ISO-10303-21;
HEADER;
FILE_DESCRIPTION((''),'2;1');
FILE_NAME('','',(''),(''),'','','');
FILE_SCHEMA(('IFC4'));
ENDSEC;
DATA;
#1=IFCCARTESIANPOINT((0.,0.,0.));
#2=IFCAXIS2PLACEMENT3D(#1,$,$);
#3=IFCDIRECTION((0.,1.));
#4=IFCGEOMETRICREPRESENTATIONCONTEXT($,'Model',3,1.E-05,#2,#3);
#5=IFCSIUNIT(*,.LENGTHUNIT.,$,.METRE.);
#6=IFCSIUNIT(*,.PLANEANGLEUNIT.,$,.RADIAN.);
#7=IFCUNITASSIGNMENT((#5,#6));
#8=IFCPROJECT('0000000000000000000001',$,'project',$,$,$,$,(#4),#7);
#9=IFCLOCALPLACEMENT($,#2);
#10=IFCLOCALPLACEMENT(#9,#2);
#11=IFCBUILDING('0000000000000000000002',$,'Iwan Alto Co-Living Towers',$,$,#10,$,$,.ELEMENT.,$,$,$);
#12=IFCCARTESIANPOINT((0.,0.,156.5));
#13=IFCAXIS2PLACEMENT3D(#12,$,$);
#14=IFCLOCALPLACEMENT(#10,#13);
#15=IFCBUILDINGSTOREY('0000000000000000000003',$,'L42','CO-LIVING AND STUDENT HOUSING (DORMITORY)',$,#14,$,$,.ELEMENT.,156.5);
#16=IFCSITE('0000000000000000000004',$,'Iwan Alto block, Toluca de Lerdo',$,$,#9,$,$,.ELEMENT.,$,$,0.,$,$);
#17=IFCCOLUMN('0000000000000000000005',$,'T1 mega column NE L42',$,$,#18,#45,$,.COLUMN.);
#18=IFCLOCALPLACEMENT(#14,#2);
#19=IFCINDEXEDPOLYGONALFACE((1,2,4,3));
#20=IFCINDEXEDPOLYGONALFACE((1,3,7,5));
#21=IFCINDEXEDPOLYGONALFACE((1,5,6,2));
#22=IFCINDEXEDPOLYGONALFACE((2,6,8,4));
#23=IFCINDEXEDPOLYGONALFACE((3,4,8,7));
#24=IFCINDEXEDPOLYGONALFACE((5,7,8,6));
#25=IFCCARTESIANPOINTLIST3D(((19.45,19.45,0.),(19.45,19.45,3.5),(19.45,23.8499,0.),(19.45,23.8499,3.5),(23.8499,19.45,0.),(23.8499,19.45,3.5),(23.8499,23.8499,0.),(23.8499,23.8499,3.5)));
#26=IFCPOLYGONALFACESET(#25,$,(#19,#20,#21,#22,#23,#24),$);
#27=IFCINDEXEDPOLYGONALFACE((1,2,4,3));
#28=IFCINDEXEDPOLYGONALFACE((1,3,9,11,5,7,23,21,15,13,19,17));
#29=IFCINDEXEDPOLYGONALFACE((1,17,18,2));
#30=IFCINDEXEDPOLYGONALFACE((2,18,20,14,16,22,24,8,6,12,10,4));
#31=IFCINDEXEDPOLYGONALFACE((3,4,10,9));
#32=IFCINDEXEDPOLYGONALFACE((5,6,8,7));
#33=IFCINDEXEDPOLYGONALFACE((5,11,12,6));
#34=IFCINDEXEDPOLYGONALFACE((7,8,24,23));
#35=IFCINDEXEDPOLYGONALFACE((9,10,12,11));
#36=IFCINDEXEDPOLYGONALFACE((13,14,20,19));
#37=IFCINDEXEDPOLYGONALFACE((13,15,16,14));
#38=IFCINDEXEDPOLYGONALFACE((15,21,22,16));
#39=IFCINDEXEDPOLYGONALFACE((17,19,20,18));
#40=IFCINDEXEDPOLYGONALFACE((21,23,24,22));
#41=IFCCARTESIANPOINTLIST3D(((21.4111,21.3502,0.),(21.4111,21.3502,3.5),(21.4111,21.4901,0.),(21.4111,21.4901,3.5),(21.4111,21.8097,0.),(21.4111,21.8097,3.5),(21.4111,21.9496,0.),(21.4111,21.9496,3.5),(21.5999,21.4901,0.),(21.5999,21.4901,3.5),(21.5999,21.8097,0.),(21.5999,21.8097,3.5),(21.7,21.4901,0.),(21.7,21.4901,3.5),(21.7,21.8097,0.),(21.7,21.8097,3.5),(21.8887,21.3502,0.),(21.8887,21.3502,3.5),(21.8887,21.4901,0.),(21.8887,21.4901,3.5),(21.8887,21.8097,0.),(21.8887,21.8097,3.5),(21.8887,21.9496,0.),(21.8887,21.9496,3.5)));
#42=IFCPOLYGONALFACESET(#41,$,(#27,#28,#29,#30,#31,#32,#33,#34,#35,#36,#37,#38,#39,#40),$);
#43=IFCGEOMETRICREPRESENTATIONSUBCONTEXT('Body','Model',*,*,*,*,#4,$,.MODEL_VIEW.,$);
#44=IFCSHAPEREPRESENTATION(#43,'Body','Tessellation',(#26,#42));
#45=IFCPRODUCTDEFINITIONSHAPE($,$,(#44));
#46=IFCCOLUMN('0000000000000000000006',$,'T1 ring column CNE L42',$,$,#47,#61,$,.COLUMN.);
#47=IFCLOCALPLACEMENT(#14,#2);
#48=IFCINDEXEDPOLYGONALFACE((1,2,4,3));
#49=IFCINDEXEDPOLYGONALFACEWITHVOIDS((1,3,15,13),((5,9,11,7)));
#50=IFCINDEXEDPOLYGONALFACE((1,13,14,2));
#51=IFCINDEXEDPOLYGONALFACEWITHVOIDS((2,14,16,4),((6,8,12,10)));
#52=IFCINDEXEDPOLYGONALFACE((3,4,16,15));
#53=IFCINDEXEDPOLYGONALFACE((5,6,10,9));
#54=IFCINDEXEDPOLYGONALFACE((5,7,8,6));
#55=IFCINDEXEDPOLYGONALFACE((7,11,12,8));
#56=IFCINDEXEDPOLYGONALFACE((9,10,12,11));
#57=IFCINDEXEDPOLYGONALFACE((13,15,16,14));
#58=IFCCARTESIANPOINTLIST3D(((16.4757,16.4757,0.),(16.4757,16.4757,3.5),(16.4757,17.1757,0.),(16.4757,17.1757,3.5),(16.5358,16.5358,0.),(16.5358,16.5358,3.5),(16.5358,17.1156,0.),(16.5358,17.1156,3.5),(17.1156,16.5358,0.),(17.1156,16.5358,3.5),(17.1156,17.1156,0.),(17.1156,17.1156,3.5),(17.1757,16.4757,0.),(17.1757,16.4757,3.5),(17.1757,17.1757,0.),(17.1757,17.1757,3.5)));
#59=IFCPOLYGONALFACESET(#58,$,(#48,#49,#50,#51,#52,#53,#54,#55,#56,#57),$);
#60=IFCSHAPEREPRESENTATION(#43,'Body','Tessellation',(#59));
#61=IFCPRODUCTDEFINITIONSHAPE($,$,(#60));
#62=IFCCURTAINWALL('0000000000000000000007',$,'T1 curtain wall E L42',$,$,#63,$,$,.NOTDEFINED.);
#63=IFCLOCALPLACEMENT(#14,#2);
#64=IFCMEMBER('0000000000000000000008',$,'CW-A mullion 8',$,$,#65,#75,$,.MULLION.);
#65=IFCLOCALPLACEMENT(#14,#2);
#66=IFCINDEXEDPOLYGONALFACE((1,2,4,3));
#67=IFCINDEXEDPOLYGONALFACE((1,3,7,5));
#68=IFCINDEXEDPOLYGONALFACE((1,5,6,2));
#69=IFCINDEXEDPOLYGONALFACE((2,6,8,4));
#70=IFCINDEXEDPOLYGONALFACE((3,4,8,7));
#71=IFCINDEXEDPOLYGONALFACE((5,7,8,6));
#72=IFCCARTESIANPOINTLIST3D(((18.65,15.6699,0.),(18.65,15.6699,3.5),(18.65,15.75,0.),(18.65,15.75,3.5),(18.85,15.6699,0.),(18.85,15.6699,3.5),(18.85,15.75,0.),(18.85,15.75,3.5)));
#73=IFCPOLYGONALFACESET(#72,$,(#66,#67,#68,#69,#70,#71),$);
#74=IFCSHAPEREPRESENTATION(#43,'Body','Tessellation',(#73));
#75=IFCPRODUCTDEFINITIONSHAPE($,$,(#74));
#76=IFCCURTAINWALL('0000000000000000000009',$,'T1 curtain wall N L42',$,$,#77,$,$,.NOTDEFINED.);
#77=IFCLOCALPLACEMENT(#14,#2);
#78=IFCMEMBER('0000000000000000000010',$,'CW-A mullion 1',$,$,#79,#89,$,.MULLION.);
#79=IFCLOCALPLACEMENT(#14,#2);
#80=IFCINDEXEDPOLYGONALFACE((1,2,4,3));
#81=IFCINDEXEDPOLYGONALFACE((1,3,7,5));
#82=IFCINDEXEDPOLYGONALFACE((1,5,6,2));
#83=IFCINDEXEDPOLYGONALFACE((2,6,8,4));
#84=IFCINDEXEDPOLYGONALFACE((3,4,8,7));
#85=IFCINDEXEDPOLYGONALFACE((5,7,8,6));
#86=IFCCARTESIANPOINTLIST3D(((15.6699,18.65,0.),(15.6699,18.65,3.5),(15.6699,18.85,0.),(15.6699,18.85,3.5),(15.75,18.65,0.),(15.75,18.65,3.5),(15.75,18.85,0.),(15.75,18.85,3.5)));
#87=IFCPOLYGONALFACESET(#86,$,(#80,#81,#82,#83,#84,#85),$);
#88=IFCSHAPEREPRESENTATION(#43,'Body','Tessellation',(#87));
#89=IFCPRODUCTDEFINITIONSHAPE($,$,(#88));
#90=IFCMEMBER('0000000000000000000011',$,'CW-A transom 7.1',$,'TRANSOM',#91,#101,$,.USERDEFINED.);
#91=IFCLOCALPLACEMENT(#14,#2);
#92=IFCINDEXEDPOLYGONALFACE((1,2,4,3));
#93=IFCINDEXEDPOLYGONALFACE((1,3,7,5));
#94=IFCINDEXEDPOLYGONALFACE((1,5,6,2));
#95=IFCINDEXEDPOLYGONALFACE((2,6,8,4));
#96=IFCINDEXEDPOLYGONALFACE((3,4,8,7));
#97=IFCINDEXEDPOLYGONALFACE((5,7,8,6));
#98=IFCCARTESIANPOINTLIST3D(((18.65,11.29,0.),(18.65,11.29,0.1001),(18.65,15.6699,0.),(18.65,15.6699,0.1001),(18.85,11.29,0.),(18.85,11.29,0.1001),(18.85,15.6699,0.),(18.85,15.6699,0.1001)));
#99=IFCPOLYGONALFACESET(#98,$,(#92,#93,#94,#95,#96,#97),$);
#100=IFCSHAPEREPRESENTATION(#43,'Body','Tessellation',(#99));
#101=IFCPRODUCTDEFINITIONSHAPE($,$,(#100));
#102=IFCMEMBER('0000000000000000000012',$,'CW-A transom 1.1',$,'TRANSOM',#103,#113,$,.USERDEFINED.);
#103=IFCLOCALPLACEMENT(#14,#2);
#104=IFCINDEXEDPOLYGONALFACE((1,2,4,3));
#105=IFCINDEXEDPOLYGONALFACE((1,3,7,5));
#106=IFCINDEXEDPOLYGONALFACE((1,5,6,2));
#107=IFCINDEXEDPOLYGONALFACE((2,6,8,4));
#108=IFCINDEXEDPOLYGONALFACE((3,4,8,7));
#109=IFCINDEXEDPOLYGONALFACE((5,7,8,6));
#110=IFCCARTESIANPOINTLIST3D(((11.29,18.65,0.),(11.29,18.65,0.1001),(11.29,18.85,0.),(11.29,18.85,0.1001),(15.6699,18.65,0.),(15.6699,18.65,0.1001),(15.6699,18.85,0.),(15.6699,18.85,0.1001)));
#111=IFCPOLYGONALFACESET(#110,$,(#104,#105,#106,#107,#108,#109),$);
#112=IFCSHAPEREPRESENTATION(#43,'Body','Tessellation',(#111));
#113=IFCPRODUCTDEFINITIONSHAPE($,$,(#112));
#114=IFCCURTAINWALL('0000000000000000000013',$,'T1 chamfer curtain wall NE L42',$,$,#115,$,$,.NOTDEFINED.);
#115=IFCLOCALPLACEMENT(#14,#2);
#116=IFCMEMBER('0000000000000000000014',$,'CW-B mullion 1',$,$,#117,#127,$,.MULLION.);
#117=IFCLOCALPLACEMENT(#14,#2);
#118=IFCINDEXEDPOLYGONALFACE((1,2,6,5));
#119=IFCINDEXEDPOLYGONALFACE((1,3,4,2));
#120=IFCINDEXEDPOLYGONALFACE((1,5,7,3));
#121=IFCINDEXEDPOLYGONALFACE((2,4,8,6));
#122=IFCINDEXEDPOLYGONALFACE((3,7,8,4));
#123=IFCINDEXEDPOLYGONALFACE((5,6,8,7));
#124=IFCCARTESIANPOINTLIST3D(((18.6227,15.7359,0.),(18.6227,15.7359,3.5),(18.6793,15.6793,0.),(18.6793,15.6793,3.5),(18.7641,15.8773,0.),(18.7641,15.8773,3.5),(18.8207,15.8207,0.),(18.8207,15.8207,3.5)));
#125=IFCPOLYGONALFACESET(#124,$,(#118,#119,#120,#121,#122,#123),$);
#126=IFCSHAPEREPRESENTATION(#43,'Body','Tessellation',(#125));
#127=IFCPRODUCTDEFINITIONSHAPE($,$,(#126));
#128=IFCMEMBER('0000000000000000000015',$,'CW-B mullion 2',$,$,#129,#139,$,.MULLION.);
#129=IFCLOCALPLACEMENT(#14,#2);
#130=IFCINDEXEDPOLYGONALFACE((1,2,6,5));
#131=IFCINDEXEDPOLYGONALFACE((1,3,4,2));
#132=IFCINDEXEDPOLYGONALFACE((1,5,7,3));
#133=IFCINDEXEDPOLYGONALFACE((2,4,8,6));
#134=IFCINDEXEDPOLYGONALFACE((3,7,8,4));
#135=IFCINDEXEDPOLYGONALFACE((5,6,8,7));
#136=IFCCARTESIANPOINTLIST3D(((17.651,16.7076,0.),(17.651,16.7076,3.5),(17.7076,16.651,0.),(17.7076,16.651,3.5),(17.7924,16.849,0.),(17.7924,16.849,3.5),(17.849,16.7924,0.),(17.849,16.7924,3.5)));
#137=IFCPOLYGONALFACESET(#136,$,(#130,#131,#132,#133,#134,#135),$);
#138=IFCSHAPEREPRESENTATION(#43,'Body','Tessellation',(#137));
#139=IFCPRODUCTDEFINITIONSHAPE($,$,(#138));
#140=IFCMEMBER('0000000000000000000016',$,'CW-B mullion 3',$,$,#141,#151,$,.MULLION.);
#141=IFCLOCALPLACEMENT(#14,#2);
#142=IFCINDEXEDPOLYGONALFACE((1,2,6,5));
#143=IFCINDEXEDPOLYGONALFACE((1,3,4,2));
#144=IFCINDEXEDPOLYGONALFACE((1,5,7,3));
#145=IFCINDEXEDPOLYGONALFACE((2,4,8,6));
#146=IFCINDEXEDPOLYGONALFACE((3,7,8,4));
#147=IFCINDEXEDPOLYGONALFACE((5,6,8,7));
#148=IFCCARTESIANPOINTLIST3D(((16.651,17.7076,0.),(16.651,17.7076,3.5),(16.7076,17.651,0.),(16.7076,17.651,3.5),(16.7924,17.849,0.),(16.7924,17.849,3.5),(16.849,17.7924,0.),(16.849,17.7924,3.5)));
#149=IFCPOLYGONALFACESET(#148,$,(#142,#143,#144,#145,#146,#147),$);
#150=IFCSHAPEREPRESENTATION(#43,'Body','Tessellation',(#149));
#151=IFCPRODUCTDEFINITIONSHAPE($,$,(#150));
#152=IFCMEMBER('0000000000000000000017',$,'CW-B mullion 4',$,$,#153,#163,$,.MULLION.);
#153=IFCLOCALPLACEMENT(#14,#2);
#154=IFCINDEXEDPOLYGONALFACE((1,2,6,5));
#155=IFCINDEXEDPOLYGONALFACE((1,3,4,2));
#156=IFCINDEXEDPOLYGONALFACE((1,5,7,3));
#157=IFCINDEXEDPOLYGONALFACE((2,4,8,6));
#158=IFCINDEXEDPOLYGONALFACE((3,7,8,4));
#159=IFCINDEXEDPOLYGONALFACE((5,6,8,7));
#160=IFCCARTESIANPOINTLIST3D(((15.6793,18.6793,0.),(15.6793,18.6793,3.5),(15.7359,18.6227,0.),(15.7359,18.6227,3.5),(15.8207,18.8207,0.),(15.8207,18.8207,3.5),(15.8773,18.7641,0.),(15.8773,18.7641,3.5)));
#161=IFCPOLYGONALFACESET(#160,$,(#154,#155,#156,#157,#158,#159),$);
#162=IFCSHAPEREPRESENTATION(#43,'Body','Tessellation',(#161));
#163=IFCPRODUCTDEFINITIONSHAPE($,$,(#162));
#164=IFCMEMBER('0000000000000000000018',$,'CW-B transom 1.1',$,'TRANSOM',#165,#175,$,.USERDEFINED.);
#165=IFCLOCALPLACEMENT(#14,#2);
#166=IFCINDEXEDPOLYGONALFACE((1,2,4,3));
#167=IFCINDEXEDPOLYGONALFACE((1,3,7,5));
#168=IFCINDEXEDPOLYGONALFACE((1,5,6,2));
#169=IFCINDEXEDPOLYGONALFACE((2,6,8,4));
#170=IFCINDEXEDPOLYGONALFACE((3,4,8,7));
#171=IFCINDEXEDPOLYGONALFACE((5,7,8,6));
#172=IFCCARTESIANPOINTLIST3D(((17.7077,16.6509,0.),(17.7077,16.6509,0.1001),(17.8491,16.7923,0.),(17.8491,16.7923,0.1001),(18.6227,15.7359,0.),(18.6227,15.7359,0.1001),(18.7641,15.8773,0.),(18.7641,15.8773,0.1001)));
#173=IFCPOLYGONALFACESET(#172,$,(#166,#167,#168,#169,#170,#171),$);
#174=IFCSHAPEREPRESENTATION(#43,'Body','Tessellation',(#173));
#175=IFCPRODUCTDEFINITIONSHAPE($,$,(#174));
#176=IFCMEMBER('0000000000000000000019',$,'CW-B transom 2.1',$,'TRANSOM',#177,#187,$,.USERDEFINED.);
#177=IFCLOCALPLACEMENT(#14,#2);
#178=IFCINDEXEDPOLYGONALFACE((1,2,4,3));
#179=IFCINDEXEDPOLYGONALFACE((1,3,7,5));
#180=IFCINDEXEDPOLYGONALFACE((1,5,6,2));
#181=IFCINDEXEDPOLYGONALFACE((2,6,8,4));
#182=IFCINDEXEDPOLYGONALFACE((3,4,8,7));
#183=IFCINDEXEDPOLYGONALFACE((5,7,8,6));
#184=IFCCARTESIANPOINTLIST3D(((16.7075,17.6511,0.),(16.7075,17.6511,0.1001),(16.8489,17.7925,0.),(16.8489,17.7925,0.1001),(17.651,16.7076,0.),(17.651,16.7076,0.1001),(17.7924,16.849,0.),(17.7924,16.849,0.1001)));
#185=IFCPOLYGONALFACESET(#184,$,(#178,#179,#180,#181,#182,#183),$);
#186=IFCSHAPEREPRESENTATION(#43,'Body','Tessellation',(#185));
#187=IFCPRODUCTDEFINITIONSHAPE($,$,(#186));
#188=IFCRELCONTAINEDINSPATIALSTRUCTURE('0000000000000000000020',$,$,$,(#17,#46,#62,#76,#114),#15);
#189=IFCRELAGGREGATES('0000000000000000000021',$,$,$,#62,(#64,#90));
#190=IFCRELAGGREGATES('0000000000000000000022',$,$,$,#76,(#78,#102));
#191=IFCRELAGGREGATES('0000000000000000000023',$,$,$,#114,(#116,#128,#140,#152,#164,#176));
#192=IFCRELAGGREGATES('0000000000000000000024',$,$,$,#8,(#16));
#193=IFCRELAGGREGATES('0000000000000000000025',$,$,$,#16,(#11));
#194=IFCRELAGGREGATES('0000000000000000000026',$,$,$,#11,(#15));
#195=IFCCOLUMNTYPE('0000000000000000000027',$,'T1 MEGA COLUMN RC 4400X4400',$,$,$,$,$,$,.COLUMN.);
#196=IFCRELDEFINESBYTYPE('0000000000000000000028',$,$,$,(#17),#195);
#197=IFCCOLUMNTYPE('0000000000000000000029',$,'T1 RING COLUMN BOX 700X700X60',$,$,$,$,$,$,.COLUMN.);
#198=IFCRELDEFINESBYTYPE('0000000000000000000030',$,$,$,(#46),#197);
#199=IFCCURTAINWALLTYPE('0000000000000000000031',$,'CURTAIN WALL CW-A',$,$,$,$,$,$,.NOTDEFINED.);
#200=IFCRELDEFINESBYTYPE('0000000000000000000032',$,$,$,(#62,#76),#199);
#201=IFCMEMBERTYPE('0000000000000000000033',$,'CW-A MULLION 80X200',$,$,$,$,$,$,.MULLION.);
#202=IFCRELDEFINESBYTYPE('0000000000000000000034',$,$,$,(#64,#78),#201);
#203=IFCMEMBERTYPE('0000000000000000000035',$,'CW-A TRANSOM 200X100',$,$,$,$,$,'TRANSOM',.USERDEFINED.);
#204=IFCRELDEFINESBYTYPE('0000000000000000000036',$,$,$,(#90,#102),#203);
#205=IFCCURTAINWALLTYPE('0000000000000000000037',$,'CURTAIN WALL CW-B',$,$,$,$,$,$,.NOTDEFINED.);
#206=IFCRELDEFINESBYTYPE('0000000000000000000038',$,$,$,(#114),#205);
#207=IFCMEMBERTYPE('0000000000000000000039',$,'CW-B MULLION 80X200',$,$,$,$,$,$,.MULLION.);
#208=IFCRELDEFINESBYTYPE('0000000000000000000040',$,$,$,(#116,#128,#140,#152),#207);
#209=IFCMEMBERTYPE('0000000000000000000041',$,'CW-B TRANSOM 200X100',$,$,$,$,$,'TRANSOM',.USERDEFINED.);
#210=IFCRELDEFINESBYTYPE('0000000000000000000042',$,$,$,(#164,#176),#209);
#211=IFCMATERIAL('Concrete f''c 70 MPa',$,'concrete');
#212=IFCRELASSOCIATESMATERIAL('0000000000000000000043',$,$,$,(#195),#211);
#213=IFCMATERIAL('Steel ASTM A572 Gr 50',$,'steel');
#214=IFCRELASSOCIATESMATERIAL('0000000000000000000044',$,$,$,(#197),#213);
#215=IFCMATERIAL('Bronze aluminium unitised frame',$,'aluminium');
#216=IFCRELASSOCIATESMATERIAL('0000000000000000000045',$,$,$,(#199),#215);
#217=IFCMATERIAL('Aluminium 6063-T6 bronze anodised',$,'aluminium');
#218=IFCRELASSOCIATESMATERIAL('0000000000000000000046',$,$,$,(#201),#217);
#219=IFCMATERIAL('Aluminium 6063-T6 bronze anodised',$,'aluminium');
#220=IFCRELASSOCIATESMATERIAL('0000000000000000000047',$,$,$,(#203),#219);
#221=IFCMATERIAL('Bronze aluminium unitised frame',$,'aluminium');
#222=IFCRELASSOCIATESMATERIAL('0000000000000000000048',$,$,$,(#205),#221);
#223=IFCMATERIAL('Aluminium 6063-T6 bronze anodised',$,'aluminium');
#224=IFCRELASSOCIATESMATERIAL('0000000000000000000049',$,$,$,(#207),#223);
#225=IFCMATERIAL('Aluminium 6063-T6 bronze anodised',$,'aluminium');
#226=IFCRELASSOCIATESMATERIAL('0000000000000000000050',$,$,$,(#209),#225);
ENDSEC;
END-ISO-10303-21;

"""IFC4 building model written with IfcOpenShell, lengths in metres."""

from ifc_helpers import new_model, si_unit, direction, frame, origin, origin_2d, place, context, subcontext, project, spatial, rectangle, hollow_rectangle, i_section, extrude, material, material_profile, profile_set, type_object, element, aggregate, save


model = new_model("IFC4")

# Units and contexts
model_context = context("Model", 3, precision=1e-05, world=origin(), true_north=direction((0.0, 1.0)))
body_context = subcontext(model_context, "Body", "Model", "MODEL_VIEW")
ifc_project = project(units=[si_unit("LENGTHUNIT", "METRE"), si_unit("PLANEANGLEUNIT", "RADIAN")], contexts=[model_context])

# Site, building, storey
site_placement = place(None, origin())
site = spatial("IfcSite", under=ifc_project, at=site_placement, Name="Iwan Alto block, Toluca de Lerdo", CompositionType="ELEMENT", RefElevation=0.0)
building_placement = place(site_placement, origin())
building = spatial("IfcBuilding", under=site, at=building_placement, Name="Iwan Alto Co-Living Towers", CompositionType="ELEMENT")
storey_placement = place(building_placement, frame((0.0, 0.0, 156.5)))
storey = spatial("IfcBuildingStorey", under=building, at=storey_placement, Name="L42", Description="CO-LIVING AND STUDENT HOUSING (DORMITORY)", CompositionType="ELEMENT", Elevation=156.5)

# Columns
ifc_material_1 = material(Name="Concrete f'c 70 MPa", Category="concrete")
ifc_material_profile_1 = material_profile(ifc_material_1, rectangle(XDim=4.3999, YDim=4.3999, at=origin_2d()), Name="RC 4400X4400")
ifc_profile_set_1 = profile_set([ifc_material_profile_1], Name="Concrete f'c 70 MPa")
column_type_1 = type_object("IfcColumnType", Name="T1 MEGA COLUMN RC 4400X4400", PredefinedType="COLUMN", material=ifc_profile_set_1)
column_1_placement = place(storey_placement, frame((21.6499, 21.6499, 0.0), z_axis=(0.0, 0.0, 1.0), x_axis=(1.0, 0.0, 0.0)))
element("IfcColumn", 1, at=column_1_placement, inside=storey, type_object=column_type_1, Name="T1 mega column NE L42", PredefinedType="COLUMN", context=body_context, shape_type="SweptSolid", body=[
    extrude(rectangle(XDim=4.3999, YDim=4.3999, at=origin_2d()), origin(), (0.0, 0.0, 1.0), 3.5),
    extrude(i_section(OverallWidth=0.4775, OverallDepth=0.5994, WebThickness=0.1001, FlangeThickness=0.1399, at=origin_2d()), origin(), (0.0, 0.0, 1.0), 3.5),
])
ifc_material_2 = material(Name="Steel ASTM A572 Gr 50", Category="steel")
ifc_material_profile_2 = material_profile(ifc_material_2, hollow_rectangle(XDim=0.7, YDim=0.7, WallThickness=0.0601, at=origin_2d()), Name="BOX 700X700X60")
ifc_profile_set_2 = profile_set([ifc_material_profile_2], Name="Steel ASTM A572 Gr 50")
column_type_2 = type_object("IfcColumnType", Name="T1 RING COLUMN BOX 700X700X60", PredefinedType="COLUMN", material=ifc_profile_set_2)
column_2_placement = place(storey_placement, frame((16.8257, 16.8257, 0.0), z_axis=(0.0, 0.0, 1.0), x_axis=(1.0, 0.0, 0.0)))
element("IfcColumn", 2, at=column_2_placement, inside=storey, type_object=column_type_2, Name="T1 ring column CNE L42", PredefinedType="COLUMN", context=body_context, shape_type="SweptSolid", body=[
    extrude(hollow_rectangle(XDim=0.7, YDim=0.7, WallThickness=0.0601, at=origin_2d()), origin(), (0.0, 0.0, 1.0), 3.5),
])

# Curtain walls, members
ifc_material_3 = material(Name="Bronze aluminium unitised frame", Category="aluminium")
curtain_wall_type_1 = type_object("IfcCurtainWallType", Name="CURTAIN WALL CW-A", PredefinedType="NOTDEFINED", material=ifc_material_3)
curtain_wall_1_placement = place(storey_placement, origin())
curtain_wall_1 = element("IfcCurtainWall", 3, at=curtain_wall_1_placement, inside=storey, type_object=curtain_wall_type_1, Name="T1 curtain wall E L42", PredefinedType="NOTDEFINED")
ifc_material_4 = material(Name="Aluminium 6063-T6 bronze anodised", Category="aluminium")
ifc_material_profile_3 = material_profile(ifc_material_4, rectangle(XDim=0.2, YDim=0.0801, at=origin_2d()), Name="AL 80X200")
ifc_profile_set_3 = profile_set([ifc_material_profile_3], Name="Aluminium 6063-T6 bronze anodised")
member_type_1 = type_object("IfcMemberType", Name="CW-A MULLION 80X200", PredefinedType="MULLION", material=ifc_profile_set_3)
member_1_placement = place(storey_placement, frame((18.75, 15.71, 0.0), z_axis=(0.0, 0.0, 1.0), x_axis=(-1.0, 0.0, 0.0)))
member_1 = element("IfcMember", 4, at=member_1_placement, type_object=member_type_1, Name="CW-A mullion 8", PredefinedType="MULLION", context=body_context, shape_type="SweptSolid", body=[
    extrude(rectangle(XDim=0.2, YDim=0.0801, at=origin_2d()), origin(), (0.0, 0.0, 1.0), 3.5),
])
curtain_wall_2_placement = place(storey_placement, origin())
curtain_wall_2 = element("IfcCurtainWall", 5, at=curtain_wall_2_placement, inside=storey, type_object=curtain_wall_type_1, Name="T1 curtain wall N L42", PredefinedType="NOTDEFINED")
member_2_placement = place(storey_placement, frame((15.71, 18.75, 0.0), z_axis=(0.0, 0.0, 1.0), x_axis=(0.0, -1.0, 0.0)))
member_2 = element("IfcMember", 6, at=member_2_placement, type_object=member_type_1, Name="CW-A mullion 1", PredefinedType="MULLION", context=body_context, shape_type="SweptSolid", body=[
    extrude(rectangle(XDim=0.2, YDim=0.0801, at=origin_2d()), origin(), (0.0, 0.0, 1.0), 3.5),
])

# Members
ifc_material_5 = material(Name="Aluminium 6063-T6 bronze anodised", Category="aluminium")
ifc_material_profile_4 = material_profile(ifc_material_5, rectangle(XDim=0.2, YDim=0.1001, at=origin_2d()), Name="AL 200X100")
ifc_profile_set_4 = profile_set([ifc_material_profile_4], Name="Aluminium 6063-T6 bronze anodised")
member_type_2 = type_object("IfcMemberType", Name="CW-A TRANSOM 200X100", ElementType="TRANSOM", PredefinedType="USERDEFINED", material=ifc_profile_set_4)
member_3_placement = place(storey_placement, frame((18.75, 11.29, 0.05), z_axis=(0.0, 1.0, 0.0), x_axis=(-1.0, 0.0, 0.0)))
member_3 = element("IfcMember", 7, at=member_3_placement, type_object=member_type_2, Name="CW-A transom 7.1", ObjectType="TRANSOM", PredefinedType="USERDEFINED", context=body_context, shape_type="SweptSolid", body=[
    extrude(rectangle(XDim=0.2, YDim=0.1001, at=origin_2d()), origin(), (0.0, 0.0, 1.0), 4.3799),
])
member_4_placement = place(storey_placement, frame((15.6699, 18.75, 0.05), z_axis=(-1.0, 0.0, 0.0), x_axis=(0.0, -1.0, 0.0)))
member_4 = element("IfcMember", 8, at=member_4_placement, type_object=member_type_2, Name="CW-A transom 1.1", ObjectType="TRANSOM", PredefinedType="USERDEFINED", context=body_context, shape_type="SweptSolid", body=[
    extrude(rectangle(XDim=0.2, YDim=0.1001, at=origin_2d()), origin(), (0.0, 0.0, 1.0), 4.3799),
])

# Curtain wall, members
ifc_material_6 = material(Name="Bronze aluminium unitised frame", Category="aluminium")
curtain_wall_type_2 = type_object("IfcCurtainWallType", Name="CURTAIN WALL CW-B", PredefinedType="NOTDEFINED", material=ifc_material_6)
curtain_wall_3_placement = place(storey_placement, origin())
curtain_wall_3 = element("IfcCurtainWall", 9, at=curtain_wall_3_placement, inside=storey, type_object=curtain_wall_type_2, Name="T1 chamfer curtain wall NE L42", PredefinedType="NOTDEFINED")
ifc_material_7 = material(Name="Aluminium 6063-T6 bronze anodised", Category="aluminium")
ifc_material_profile_5 = material_profile(ifc_material_7, rectangle(XDim=0.2, YDim=0.0801, at=origin_2d()), Name="AL 80X200")
ifc_profile_set_5 = profile_set([ifc_material_profile_5], Name="Aluminium 6063-T6 bronze anodised")
member_type_3 = type_object("IfcMemberType", Name="CW-B MULLION 80X200", PredefinedType="MULLION", material=ifc_profile_set_5)
member_5_placement = place(storey_placement, frame((18.7217, 15.7783, 0.0), z_axis=(0.0, 0.0, 1.0), x_axis=(-0.707107, -0.707107, 0.0)))
member_5 = element("IfcMember", 10, at=member_5_placement, type_object=member_type_3, Name="CW-B mullion 1", PredefinedType="MULLION", context=body_context, shape_type="SweptSolid", body=[
    extrude(rectangle(XDim=0.2, YDim=0.0801, at=origin_2d()), origin(), (0.0, 0.0, 1.0), 3.5),
])
member_6_placement = place(storey_placement, frame((17.75, 16.75, 0.0), z_axis=(0.0, 0.0, 1.0), x_axis=(-0.707107, -0.707107, 0.0)))
member_6 = element("IfcMember", 11, at=member_6_placement, type_object=member_type_3, Name="CW-B mullion 2", PredefinedType="MULLION", context=body_context, shape_type="SweptSolid", body=[
    extrude(rectangle(XDim=0.2, YDim=0.0801, at=origin_2d()), origin(), (0.0, 0.0, 1.0), 3.5),
])
member_7_placement = place(storey_placement, frame((16.75, 17.75, 0.0), z_axis=(0.0, 0.0, 1.0), x_axis=(-0.707107, -0.707107, 0.0)))
member_7 = element("IfcMember", 12, at=member_7_placement, type_object=member_type_3, Name="CW-B mullion 3", PredefinedType="MULLION", context=body_context, shape_type="SweptSolid", body=[
    extrude(rectangle(XDim=0.2, YDim=0.0801, at=origin_2d()), origin(), (0.0, 0.0, 1.0), 3.5),
])
member_8_placement = place(storey_placement, frame((15.7783, 18.7217, 0.0), z_axis=(0.0, 0.0, 1.0), x_axis=(-0.707107, -0.707107, 0.0)))
member_8 = element("IfcMember", 13, at=member_8_placement, type_object=member_type_3, Name="CW-B mullion 4", PredefinedType="MULLION", context=body_context, shape_type="SweptSolid", body=[
    extrude(rectangle(XDim=0.2, YDim=0.0801, at=origin_2d()), origin(), (0.0, 0.0, 1.0), 3.5),
])
ifc_material_8 = material(Name="Aluminium 6063-T6 bronze anodised", Category="aluminium")
ifc_material_profile_6 = material_profile(ifc_material_8, rectangle(XDim=0.2, YDim=0.1001, at=origin_2d()), Name="AL 200X100")
ifc_profile_set_6 = profile_set([ifc_material_profile_6], Name="Aluminium 6063-T6 bronze anodised")
member_type_4 = type_object("IfcMemberType", Name="CW-B TRANSOM 200X100", ElementType="TRANSOM", PredefinedType="USERDEFINED", material=ifc_profile_set_6)
member_9_placement = place(storey_placement, frame((18.6934, 15.8066, 0.05), z_axis=(-0.707107, 0.707107, 0.0), x_axis=(-0.707107, -0.707107, 0.0)))
member_9 = element("IfcMember", 14, at=member_9_placement, type_object=member_type_4, Name="CW-B transom 1.1", ObjectType="TRANSOM", PredefinedType="USERDEFINED", context=body_context, shape_type="SweptSolid", body=[
    extrude(rectangle(XDim=0.2, YDim=0.1001, at=origin_2d()), origin(), (0.0, 0.0, 1.0), 1.2939),
])
member_10_placement = place(storey_placement, frame((17.7217, 16.7783, 0.05), z_axis=(-0.707107, 0.707107, 0.0), x_axis=(-0.707107, -0.707107, 0.0)))
member_10 = element("IfcMember", 15, at=member_10_placement, type_object=member_type_4, Name="CW-B transom 2.1", ObjectType="TRANSOM", PredefinedType="USERDEFINED", context=body_context, shape_type="SweptSolid", body=[
    extrude(rectangle(XDim=0.2, YDim=0.1001, at=origin_2d()), origin(), (0.0, 0.0, 1.0), 1.3342),
])

aggregate(curtain_wall_1, [member_1, member_3])
aggregate(curtain_wall_2, [member_2, member_4])
aggregate(curtain_wall_3, [member_5, member_6, member_7, member_8, member_9, member_10])

save(model, "model.ifc")
